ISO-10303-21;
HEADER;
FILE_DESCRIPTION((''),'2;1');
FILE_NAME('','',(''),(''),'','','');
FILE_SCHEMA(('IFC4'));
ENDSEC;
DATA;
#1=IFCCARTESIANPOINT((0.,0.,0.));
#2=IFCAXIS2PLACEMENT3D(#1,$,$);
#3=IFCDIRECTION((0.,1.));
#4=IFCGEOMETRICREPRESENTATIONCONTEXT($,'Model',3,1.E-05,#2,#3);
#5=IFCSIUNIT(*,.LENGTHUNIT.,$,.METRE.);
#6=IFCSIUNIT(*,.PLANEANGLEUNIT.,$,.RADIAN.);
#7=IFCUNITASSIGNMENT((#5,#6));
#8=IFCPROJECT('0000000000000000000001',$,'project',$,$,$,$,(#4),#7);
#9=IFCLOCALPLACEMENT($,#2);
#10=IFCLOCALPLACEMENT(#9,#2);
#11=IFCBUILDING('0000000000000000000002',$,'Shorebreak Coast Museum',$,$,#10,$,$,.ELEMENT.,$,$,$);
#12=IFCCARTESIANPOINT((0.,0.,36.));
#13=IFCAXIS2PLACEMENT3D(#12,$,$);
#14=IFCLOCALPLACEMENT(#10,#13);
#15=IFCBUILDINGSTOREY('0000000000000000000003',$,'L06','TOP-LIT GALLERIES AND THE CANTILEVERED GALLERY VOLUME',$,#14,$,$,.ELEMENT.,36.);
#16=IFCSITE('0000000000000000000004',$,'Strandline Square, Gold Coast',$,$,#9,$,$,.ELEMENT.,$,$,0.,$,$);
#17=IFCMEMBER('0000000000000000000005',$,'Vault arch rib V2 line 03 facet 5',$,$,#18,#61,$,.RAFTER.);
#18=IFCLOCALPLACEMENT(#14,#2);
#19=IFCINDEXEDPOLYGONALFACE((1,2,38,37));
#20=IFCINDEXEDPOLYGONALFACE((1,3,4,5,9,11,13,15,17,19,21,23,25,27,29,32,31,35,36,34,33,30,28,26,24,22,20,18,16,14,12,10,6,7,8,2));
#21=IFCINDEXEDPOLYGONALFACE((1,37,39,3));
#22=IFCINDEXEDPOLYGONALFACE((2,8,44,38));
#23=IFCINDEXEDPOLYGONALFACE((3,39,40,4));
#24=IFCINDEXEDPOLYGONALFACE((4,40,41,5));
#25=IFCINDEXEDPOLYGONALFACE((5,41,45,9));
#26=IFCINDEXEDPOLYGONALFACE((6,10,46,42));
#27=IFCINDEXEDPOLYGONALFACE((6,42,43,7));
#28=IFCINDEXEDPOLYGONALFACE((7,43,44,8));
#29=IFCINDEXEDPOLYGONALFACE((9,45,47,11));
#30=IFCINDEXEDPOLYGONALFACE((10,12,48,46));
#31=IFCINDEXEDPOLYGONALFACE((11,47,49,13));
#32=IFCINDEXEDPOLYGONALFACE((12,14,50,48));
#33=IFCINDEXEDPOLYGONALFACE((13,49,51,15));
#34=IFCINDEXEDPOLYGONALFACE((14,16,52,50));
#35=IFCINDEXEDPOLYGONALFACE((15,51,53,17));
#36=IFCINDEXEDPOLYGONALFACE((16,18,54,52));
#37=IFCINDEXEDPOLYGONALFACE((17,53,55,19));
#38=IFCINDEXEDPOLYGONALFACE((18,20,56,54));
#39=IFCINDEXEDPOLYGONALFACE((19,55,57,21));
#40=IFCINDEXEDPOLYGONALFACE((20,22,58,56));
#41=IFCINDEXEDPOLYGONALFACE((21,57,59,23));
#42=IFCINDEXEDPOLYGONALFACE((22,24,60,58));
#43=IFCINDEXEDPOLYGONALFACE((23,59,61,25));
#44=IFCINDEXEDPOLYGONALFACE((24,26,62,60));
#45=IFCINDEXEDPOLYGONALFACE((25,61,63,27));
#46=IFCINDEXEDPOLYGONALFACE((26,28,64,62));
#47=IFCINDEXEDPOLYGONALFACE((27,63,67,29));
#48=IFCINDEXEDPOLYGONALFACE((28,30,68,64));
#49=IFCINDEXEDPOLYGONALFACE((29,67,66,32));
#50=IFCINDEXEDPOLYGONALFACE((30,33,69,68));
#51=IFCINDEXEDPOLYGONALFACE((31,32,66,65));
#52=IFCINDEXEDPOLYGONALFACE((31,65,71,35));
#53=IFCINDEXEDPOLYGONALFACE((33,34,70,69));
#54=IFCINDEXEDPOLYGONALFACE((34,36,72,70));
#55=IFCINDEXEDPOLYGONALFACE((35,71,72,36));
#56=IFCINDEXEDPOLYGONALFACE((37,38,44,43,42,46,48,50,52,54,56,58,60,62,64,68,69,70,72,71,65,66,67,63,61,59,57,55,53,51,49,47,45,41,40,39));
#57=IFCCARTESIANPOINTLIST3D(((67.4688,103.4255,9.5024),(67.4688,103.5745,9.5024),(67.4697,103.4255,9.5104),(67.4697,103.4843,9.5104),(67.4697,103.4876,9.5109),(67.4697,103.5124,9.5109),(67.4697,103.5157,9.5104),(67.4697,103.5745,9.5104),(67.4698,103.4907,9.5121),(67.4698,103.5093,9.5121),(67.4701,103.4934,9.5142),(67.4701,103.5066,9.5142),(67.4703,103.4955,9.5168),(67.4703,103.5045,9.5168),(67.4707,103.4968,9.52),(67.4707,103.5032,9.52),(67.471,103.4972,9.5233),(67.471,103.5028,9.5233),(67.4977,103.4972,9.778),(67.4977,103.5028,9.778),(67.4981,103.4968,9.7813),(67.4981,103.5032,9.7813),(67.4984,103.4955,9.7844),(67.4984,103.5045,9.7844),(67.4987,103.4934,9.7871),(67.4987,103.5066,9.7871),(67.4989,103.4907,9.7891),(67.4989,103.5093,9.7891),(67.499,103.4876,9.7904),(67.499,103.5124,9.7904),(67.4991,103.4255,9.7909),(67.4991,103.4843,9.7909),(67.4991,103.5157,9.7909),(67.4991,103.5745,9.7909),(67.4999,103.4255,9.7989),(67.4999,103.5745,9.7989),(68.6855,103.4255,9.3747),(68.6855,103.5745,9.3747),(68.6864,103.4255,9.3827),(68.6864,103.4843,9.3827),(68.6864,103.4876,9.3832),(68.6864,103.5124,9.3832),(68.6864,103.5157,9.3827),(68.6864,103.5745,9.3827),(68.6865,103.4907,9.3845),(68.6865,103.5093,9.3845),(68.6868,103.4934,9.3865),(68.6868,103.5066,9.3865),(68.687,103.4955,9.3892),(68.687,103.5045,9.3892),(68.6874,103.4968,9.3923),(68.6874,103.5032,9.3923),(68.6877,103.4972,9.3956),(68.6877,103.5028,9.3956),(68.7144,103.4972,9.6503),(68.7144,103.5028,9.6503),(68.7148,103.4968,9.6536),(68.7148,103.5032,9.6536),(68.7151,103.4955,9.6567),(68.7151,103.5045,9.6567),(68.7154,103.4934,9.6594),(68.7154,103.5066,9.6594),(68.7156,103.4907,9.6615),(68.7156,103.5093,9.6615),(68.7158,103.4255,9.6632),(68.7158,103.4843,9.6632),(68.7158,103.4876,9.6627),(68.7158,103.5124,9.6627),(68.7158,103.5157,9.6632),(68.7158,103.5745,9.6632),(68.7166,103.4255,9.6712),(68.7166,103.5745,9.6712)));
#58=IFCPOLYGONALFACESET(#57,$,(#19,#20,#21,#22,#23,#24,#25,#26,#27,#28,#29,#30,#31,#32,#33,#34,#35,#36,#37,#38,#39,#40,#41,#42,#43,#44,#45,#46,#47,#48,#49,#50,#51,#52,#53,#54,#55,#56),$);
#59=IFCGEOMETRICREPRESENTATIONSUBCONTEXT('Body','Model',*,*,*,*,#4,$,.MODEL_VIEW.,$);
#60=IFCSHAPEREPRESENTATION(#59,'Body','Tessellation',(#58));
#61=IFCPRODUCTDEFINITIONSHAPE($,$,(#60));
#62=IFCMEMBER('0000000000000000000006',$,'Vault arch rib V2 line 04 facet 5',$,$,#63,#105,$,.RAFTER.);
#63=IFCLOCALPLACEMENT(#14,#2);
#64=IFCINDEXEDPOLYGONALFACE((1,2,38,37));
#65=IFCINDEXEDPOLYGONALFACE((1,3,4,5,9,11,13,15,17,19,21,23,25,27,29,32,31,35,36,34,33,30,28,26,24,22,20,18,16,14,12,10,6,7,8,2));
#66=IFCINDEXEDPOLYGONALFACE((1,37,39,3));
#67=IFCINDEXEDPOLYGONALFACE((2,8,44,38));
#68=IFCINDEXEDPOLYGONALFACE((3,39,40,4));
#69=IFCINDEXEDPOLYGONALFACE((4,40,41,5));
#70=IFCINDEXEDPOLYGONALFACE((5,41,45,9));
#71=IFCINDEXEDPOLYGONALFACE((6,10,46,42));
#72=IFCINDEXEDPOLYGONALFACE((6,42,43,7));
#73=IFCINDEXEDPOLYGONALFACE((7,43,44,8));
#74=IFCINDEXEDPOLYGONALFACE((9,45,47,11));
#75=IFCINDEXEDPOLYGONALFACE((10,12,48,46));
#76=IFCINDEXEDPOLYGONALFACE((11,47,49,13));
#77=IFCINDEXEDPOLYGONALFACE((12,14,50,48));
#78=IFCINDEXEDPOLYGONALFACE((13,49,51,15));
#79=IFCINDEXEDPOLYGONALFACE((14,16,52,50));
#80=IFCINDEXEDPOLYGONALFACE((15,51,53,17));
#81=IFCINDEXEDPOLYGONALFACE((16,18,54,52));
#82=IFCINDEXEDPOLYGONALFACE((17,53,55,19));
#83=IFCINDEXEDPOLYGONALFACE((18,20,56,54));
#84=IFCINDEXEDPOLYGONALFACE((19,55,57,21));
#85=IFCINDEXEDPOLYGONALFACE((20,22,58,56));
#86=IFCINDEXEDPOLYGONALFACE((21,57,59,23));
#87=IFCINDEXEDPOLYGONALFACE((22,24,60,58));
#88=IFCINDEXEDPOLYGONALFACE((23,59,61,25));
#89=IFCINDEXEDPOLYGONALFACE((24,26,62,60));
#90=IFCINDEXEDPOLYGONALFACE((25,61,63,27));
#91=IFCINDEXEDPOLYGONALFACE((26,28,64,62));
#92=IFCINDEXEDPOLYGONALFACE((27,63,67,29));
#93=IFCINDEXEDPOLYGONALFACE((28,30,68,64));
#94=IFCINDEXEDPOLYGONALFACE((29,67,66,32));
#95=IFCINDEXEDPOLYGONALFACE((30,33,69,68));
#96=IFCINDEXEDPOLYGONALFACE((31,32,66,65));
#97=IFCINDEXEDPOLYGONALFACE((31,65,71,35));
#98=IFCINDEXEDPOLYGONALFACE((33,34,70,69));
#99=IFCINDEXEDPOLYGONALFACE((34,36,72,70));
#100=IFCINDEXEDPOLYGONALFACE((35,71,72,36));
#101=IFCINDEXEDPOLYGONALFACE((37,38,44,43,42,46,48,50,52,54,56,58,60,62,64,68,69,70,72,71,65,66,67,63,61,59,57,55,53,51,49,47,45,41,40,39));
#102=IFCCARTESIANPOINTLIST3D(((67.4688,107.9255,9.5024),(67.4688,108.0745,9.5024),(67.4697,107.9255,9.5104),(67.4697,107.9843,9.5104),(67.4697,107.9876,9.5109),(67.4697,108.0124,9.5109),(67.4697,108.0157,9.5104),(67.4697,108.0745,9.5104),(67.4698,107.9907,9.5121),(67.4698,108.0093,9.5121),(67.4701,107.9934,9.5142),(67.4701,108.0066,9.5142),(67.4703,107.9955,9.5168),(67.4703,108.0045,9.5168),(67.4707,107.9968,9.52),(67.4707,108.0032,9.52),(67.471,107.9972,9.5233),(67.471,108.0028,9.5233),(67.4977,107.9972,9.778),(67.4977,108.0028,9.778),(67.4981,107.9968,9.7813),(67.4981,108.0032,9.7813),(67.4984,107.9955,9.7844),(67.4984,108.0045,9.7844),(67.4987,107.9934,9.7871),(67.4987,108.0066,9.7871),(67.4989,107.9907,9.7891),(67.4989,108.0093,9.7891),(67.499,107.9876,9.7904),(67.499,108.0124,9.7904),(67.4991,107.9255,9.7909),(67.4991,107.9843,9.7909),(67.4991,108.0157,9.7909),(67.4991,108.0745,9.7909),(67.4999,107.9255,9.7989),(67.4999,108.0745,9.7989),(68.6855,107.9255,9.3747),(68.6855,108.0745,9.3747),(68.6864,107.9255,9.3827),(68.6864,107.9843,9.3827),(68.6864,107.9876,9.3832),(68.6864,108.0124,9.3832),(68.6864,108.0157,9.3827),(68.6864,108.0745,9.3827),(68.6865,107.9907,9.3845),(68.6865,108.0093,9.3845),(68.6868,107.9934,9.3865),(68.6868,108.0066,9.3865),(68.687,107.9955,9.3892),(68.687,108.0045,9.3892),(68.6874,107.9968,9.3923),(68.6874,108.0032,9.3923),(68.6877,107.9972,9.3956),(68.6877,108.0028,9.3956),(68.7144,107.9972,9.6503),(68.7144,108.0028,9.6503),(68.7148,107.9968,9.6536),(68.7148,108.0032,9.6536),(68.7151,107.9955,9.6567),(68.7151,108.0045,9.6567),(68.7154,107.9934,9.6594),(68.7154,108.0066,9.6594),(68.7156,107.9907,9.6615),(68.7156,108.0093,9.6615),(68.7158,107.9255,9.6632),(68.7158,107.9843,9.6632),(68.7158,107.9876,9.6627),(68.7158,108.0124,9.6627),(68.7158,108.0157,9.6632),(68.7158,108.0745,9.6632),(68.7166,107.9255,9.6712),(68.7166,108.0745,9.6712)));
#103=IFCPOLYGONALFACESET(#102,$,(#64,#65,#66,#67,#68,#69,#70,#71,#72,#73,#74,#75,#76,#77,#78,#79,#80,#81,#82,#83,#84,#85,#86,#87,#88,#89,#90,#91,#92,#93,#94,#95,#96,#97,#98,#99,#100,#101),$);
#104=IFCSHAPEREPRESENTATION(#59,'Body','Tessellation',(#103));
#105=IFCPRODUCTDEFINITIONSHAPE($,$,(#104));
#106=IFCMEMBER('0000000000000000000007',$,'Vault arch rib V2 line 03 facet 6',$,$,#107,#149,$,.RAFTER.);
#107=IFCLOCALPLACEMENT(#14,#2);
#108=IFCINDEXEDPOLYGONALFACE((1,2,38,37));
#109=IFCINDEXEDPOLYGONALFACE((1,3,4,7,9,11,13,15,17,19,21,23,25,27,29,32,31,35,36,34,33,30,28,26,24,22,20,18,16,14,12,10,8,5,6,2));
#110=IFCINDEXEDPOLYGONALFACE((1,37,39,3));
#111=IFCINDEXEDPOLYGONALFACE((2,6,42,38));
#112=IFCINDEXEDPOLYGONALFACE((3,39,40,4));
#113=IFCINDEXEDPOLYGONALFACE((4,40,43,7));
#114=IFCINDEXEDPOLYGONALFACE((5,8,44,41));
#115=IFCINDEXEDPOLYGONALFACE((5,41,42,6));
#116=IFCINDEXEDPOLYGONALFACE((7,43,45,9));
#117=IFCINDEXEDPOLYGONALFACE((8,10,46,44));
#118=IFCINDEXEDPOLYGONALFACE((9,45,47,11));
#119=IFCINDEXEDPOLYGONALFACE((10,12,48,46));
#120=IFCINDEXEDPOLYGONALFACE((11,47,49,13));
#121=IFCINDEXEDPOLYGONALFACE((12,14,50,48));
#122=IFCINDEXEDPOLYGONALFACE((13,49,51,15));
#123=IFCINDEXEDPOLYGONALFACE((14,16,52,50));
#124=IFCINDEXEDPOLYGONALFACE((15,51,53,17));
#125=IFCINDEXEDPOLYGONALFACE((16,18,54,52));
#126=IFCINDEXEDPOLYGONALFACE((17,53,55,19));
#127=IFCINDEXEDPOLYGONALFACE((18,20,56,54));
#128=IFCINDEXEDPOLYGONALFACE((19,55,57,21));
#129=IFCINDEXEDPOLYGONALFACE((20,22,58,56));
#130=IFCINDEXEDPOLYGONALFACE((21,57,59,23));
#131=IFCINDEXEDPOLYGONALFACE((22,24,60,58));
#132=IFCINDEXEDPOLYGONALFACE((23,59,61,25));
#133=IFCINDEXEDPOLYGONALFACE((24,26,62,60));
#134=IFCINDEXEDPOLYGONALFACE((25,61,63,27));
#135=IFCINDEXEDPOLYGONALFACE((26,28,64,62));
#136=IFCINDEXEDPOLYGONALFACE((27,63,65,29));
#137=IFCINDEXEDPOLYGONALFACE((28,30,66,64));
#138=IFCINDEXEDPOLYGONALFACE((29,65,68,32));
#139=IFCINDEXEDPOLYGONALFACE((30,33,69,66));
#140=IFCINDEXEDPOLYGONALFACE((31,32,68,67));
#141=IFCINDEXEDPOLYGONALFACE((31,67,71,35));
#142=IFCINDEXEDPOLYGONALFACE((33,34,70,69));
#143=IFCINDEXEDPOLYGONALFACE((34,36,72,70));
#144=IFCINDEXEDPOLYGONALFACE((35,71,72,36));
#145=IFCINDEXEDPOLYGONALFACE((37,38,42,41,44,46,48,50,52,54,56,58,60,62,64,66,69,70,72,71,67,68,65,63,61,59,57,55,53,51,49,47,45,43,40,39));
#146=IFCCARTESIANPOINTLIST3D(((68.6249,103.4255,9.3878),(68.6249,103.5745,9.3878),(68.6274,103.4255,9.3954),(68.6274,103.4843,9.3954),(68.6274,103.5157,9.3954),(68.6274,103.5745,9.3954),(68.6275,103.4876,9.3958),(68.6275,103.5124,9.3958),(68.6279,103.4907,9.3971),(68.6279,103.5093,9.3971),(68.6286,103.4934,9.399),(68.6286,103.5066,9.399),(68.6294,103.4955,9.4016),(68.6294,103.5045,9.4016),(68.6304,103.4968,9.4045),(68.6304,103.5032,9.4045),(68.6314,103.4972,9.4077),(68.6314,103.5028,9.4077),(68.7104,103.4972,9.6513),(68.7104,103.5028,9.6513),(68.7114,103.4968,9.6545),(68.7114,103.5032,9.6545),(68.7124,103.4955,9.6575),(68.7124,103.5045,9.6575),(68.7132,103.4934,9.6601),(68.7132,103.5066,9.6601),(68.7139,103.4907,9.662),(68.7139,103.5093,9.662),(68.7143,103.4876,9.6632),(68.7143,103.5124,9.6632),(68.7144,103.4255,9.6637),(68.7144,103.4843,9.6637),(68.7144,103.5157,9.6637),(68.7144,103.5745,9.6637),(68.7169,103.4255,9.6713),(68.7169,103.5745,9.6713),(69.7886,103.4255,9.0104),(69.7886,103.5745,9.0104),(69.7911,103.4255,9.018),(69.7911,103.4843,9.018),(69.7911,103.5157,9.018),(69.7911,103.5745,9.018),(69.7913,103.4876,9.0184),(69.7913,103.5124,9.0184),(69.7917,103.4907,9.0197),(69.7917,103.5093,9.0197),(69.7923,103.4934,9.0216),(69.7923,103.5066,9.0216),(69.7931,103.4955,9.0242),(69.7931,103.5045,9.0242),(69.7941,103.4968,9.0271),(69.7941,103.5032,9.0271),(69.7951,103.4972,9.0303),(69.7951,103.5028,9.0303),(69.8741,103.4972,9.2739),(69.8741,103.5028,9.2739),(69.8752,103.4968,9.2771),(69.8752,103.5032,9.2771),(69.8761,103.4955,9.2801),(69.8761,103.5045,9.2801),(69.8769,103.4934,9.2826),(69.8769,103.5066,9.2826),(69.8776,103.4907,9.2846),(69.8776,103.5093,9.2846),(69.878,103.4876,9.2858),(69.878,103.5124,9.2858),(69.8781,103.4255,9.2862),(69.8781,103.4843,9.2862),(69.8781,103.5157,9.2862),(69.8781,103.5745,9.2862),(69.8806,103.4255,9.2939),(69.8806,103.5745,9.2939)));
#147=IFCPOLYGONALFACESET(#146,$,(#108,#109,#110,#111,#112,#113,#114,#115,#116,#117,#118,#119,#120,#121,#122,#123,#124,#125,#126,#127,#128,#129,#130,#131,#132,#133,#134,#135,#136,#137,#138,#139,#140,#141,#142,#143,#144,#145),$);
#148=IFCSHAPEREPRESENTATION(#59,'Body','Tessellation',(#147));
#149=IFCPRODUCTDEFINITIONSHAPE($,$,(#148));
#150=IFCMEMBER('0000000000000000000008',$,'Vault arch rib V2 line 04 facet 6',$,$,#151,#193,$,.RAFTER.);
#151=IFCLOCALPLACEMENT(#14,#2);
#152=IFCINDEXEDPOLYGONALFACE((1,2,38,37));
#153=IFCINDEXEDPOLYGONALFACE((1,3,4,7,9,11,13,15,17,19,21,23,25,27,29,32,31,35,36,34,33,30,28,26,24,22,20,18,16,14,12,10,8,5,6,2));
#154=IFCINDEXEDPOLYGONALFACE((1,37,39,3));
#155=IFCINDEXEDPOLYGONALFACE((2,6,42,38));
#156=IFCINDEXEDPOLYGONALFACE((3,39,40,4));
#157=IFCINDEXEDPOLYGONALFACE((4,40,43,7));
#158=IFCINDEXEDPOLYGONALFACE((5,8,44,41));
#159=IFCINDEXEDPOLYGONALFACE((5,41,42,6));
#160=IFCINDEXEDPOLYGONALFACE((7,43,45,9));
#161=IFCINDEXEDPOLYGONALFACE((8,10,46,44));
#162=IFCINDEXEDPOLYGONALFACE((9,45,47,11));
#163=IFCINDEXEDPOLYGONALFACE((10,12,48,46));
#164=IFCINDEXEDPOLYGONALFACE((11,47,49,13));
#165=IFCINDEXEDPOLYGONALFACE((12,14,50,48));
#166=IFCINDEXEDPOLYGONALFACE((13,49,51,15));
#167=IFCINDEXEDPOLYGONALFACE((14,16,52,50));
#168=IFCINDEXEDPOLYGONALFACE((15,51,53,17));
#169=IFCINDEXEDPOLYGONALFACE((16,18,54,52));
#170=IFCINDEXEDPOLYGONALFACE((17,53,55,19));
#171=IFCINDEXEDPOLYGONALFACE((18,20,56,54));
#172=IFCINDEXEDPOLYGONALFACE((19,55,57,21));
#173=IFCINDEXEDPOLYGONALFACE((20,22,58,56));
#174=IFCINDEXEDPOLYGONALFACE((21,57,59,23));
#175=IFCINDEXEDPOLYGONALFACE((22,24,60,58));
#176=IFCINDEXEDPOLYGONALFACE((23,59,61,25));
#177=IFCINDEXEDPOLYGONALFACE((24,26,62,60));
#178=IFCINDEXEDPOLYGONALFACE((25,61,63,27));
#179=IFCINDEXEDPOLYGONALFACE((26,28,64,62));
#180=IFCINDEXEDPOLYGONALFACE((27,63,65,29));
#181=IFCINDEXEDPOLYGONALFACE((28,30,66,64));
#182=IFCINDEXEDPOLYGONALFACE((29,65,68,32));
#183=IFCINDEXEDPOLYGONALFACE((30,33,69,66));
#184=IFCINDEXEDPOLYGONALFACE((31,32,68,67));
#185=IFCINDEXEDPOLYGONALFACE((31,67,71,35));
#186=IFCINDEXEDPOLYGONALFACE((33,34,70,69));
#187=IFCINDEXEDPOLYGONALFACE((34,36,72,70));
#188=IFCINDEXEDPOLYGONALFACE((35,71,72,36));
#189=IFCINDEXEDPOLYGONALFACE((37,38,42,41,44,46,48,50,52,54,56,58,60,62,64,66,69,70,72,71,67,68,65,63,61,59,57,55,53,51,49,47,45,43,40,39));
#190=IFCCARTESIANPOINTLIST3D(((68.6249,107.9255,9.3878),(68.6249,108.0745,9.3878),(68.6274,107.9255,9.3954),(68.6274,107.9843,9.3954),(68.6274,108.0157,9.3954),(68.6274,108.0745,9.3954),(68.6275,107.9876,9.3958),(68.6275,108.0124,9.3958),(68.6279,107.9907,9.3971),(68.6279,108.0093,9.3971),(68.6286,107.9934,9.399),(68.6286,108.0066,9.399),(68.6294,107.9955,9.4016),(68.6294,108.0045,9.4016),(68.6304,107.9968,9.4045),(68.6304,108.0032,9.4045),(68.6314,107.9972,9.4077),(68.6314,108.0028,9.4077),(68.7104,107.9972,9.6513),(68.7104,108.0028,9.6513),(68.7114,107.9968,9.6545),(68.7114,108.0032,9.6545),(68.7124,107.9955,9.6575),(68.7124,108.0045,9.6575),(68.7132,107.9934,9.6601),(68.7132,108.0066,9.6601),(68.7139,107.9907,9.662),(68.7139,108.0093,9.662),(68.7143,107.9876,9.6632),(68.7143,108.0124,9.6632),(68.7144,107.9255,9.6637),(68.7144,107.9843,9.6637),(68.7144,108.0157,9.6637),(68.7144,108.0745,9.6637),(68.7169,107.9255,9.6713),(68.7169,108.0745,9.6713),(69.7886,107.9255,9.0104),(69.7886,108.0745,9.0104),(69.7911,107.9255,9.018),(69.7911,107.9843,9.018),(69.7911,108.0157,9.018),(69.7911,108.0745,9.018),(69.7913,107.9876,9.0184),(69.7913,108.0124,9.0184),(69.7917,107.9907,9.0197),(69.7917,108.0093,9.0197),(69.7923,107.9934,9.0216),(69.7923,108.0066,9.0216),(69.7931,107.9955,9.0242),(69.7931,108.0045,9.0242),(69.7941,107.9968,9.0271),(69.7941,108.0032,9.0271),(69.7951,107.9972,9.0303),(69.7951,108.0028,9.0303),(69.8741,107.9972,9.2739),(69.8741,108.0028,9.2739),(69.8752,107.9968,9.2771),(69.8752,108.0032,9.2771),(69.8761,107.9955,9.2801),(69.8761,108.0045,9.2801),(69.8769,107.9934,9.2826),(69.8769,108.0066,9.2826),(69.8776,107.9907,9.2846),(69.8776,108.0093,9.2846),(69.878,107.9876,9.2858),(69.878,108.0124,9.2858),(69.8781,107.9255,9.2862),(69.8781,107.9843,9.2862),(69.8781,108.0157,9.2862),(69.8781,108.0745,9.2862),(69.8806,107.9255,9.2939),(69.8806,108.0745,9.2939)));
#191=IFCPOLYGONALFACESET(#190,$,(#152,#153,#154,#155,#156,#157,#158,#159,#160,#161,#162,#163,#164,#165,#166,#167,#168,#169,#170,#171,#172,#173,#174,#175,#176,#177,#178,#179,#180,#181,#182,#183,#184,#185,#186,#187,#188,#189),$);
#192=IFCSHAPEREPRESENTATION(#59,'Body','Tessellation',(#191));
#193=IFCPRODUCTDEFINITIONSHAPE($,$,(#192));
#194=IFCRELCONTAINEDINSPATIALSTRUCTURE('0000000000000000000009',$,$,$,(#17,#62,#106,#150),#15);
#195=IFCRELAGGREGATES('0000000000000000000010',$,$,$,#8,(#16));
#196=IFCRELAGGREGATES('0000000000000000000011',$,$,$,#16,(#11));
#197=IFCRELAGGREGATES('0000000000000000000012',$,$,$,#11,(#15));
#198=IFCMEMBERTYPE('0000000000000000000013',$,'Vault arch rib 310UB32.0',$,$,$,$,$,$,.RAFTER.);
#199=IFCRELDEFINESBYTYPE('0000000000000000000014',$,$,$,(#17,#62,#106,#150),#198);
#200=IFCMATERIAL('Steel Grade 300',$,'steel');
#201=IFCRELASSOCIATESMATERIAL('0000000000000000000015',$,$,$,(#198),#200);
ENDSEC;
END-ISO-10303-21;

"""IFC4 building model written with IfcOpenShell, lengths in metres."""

from ifc_helpers import new_model, si_unit, direction, frame, origin, origin_2d, place, context, subcontext, project, spatial, i_section, extrude, material, material_profile, profile_set, type_object, element, save


model = new_model("IFC4")

# Units and contexts
model_context = context("Model", 3, precision=1e-05, world=origin(), true_north=direction((0.0, 1.0)))
body_context = subcontext(model_context, "Body", "Model", "MODEL_VIEW")
ifc_project = project(units=[si_unit("LENGTHUNIT", "METRE"), si_unit("PLANEANGLEUNIT", "RADIAN")], contexts=[model_context])

# Site, building, storey
site_placement = place(None, origin())
site = spatial("IfcSite", under=ifc_project, at=site_placement, Name="Strandline Square, Gold Coast", CompositionType="ELEMENT", RefElevation=0.0)
building_placement = place(site_placement, origin())
building = spatial("IfcBuilding", under=site, at=building_placement, Name="Shorebreak Coast Museum", CompositionType="ELEMENT")
storey_placement = place(building_placement, frame((0.0, 0.0, 36.0)))
storey = spatial("IfcBuildingStorey", under=building, at=storey_placement, Name="L06", Description="TOP-LIT GALLERIES AND THE CANTILEVERED GALLERY VOLUME", CompositionType="ELEMENT", Elevation=36.0)

# Members
ifc_material_1 = material(Name="Steel Grade 300", Category="steel")
ifc_material_profile_1 = material_profile(ifc_material_1, i_section(OverallWidth=0.1489, OverallDepth=0.2981, WebThickness=0.0056, FlangeThickness=0.0081, FilletRadius=0.0129, at=origin_2d()), Name="310UB32.0")
ifc_profile_set_1 = profile_set([ifc_material_profile_1], Name="Steel Grade 300")
member_type_1 = type_object("IfcMemberType", Name="Vault arch rib 310UB32.0", PredefinedType="RAFTER", material=ifc_profile_set_1)
for number, where, z_axis, x_axis, name in (
    (1, (67.4844, 103.5, 9.6506), (0.994539, 0.0, -0.104363), (0.0, 1.0, 0.0), "Vault arch rib V2 line 03 facet 5"),
    (2, (67.4844, 108.0, 9.6506), (0.994539, 0.0, -0.104363), (0.0, 1.0, 0.0), "Vault arch rib V2 line 04 facet 5"),
    (3, (68.6709, 103.5, 9.5295), (0.951226, 0.0, -0.308495), (0.0, 1.0, 0.0), "Vault arch rib V2 line 03 facet 6"),
    (4, (68.6709, 108.0, 9.5295), (0.951226, 0.0, -0.308495), (0.0, 1.0, 0.0), "Vault arch rib V2 line 04 facet 6"),
):
    element("IfcMember", number, at=place(storey_placement, frame(where, z_axis=z_axis, x_axis=x_axis)), inside=storey, type_object=member_type_1, Name=name, PredefinedType="RAFTER", context=body_context, shape_type="SweptSolid", body=[
        extrude(i_section(OverallWidth=0.1489, OverallDepth=0.2981, WebThickness=0.0056, FlangeThickness=0.0081, FilletRadius=0.0129, at=origin_2d()), origin(), (0.0, 0.0, 1.0), 1.2234),
    ])

save(model, "model.ifc")
